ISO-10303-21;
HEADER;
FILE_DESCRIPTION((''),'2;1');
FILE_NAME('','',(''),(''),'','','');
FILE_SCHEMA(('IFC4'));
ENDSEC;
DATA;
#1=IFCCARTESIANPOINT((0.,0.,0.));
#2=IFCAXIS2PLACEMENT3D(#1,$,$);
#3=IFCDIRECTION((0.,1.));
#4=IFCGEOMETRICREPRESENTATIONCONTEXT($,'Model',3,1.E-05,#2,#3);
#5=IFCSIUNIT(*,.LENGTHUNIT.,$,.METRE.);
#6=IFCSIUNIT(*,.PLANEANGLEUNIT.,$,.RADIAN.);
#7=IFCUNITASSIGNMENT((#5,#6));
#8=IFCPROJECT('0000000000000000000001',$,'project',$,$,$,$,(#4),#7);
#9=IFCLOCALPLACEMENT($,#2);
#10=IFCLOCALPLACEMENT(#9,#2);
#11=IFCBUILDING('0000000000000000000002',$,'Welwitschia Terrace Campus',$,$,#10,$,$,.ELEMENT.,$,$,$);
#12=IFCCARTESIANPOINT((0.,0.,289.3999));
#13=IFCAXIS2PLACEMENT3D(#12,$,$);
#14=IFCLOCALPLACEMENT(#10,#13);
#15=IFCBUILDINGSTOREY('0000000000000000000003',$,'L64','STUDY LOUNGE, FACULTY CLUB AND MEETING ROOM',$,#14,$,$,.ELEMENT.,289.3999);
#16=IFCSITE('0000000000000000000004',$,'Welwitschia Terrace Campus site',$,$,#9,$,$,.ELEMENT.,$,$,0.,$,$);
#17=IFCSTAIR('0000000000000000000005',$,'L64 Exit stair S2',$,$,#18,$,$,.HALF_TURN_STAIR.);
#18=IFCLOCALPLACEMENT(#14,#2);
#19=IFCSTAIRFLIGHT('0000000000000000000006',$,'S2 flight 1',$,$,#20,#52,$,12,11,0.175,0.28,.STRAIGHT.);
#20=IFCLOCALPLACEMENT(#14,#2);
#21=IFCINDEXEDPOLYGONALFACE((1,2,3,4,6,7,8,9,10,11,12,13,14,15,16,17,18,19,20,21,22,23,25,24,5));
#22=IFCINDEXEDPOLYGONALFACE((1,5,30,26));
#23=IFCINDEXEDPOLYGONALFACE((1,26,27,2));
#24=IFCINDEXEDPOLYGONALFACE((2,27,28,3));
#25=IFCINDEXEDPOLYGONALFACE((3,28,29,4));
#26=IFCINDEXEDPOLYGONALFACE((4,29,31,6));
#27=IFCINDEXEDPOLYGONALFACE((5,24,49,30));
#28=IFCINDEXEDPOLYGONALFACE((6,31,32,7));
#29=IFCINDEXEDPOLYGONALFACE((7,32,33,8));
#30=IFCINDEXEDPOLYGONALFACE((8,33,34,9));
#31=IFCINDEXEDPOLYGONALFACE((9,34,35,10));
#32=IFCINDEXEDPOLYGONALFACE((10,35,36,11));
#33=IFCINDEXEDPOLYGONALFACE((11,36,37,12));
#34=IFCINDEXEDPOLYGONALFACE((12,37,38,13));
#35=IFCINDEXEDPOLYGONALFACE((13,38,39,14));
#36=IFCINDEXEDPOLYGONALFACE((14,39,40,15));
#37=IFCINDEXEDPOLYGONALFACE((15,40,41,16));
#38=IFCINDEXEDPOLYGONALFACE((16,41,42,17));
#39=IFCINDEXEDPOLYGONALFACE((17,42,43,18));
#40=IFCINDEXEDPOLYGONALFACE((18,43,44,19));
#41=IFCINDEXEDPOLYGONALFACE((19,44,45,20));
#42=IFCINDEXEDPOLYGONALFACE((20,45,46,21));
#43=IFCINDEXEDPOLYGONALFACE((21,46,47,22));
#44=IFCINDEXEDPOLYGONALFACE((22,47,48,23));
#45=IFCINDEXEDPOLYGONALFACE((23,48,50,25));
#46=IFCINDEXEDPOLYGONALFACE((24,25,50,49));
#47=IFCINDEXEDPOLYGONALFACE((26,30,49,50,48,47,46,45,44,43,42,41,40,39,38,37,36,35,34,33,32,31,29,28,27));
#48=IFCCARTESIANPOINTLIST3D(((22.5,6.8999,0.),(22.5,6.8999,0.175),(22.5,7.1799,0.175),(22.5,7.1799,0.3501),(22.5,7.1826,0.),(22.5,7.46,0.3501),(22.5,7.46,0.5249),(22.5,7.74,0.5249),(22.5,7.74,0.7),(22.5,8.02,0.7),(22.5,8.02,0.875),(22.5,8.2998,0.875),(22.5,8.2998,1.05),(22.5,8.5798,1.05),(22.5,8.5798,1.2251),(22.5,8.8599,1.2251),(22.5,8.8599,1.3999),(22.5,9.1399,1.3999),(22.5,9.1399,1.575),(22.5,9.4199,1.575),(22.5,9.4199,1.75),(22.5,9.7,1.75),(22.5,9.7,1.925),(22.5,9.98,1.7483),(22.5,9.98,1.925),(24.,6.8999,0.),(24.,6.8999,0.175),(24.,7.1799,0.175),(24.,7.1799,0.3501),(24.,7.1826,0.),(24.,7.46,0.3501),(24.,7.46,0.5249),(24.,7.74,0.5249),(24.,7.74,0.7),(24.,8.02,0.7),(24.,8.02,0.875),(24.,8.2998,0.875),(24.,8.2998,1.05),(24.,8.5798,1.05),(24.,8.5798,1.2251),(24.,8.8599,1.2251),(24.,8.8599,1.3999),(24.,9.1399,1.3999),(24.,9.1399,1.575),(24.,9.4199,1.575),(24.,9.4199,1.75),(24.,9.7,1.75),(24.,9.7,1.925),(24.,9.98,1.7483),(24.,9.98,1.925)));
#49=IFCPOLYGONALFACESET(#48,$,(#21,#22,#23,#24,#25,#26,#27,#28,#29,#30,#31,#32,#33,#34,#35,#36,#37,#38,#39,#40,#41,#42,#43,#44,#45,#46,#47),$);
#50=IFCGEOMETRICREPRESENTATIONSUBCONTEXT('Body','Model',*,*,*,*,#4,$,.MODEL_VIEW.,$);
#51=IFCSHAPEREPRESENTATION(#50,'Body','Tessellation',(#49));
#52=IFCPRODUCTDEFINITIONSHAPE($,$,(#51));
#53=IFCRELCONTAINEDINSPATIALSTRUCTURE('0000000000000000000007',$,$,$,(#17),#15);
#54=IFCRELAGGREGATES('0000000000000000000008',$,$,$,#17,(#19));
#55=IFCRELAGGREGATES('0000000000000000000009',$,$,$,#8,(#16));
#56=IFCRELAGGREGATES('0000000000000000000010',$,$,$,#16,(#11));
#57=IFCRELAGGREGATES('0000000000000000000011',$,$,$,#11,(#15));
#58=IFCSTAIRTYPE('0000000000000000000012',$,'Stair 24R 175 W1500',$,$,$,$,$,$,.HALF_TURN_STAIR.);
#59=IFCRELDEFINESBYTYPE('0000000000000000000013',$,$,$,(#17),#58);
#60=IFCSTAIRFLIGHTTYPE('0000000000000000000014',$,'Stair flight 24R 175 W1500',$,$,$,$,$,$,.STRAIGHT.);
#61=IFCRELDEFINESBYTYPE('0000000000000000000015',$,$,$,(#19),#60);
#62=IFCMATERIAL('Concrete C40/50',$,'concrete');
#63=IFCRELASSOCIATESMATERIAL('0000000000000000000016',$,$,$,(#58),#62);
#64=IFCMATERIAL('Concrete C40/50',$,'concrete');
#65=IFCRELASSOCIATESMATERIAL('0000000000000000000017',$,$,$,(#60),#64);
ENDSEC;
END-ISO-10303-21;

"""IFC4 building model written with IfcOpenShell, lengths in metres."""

from ifc_helpers import new_model, si_unit, direction, frame, origin, place, context, subcontext, project, spatial, polyline, outline, extrude, material, type_object, element, aggregate, save


model = new_model("IFC4")

# Units and contexts
model_context = context("Model", 3, precision=1e-05, world=origin(), true_north=direction((0.0, 1.0)))
body_context = subcontext(model_context, "Body", "Model", "MODEL_VIEW")
ifc_project = project(units=[si_unit("LENGTHUNIT", "METRE"), si_unit("PLANEANGLEUNIT", "RADIAN")], contexts=[model_context])

# Site, building, storey
site_placement = place(None, origin())
site = spatial("IfcSite", under=ifc_project, at=site_placement, Name="Welwitschia Terrace Campus site", CompositionType="ELEMENT", RefElevation=0.0)
building_placement = place(site_placement, origin())
building = spatial("IfcBuilding", under=site, at=building_placement, Name="Welwitschia Terrace Campus", CompositionType="ELEMENT")
storey_placement = place(building_placement, frame((0.0, 0.0, 289.3999)))
storey = spatial("IfcBuildingStorey", under=building, at=storey_placement, Name="L64", Description="STUDY LOUNGE, FACULTY CLUB AND MEETING ROOM", CompositionType="ELEMENT", Elevation=289.3999)

# Stair, stair flight
ifc_material_1 = material(Name="Concrete C40/50", Category="concrete")
stair_type = type_object("IfcStairType", Name="Stair 24R 175 W1500", PredefinedType="HALF_TURN_STAIR", material=ifc_material_1)
stair_placement = place(storey_placement, origin())
stair = element("IfcStair", 1, at=stair_placement, inside=storey, type_object=stair_type, Name="L64 Exit stair S2", PredefinedType="HALF_TURN_STAIR")
ifc_material_2 = material(Name="Concrete C40/50", Category="concrete")
stair_flight_type = type_object("IfcStairFlightType", Name="Stair flight 24R 175 W1500", PredefinedType="STRAIGHT", material=ifc_material_2)
stair_flight_placement = place(storey_placement, frame((23.25, 6.8999, 0.0), z_axis=(0.0, 0.0, 1.0), x_axis=(0.0, 1.0, 0.0)))
stair_flight = element("IfcStairFlight", 2, at=stair_flight_placement, type_object=stair_flight_type, Name="S2 flight 1", NumberOfRisers=12, NumberOfTreads=11, PredefinedType="STRAIGHT", RiserHeight=0.175, TreadLength=0.28, context=body_context, shape_type="SweptSolid", body=[
    extrude(outline(polyline([(0.0, 0.0), (0.0, 0.175), (0.28, 0.175), (0.28, 0.3501), (0.5601, 0.3501), (0.5601, 0.5249), (0.8401, 0.5249), (0.8401, 0.7), (1.1201, 0.7), (1.1201, 0.875), (1.3999, 0.875), (1.3999, 1.05), (1.6799, 1.05), (1.6799, 1.2251), (1.96, 1.2251), (1.96, 1.3999), (2.24, 1.3999), (2.24, 1.575), (2.52, 1.575), (2.52, 1.75), (2.8, 1.75), (2.8, 1.925), (3.0801, 1.925), (3.0801, 2.1001), (3.0801, 1.7483), (0.2827, 0.0), (0.0, 0.0)])), frame((0.0, 0.75, 0.0), z_axis=(0.0, -1.0, 0.0), x_axis=(1.0, 0.0, 0.0)), (0.0, 0.0, 1.0), 1.5),
])
aggregate(stair, [stair_flight])

save(model, "model.ifc")
